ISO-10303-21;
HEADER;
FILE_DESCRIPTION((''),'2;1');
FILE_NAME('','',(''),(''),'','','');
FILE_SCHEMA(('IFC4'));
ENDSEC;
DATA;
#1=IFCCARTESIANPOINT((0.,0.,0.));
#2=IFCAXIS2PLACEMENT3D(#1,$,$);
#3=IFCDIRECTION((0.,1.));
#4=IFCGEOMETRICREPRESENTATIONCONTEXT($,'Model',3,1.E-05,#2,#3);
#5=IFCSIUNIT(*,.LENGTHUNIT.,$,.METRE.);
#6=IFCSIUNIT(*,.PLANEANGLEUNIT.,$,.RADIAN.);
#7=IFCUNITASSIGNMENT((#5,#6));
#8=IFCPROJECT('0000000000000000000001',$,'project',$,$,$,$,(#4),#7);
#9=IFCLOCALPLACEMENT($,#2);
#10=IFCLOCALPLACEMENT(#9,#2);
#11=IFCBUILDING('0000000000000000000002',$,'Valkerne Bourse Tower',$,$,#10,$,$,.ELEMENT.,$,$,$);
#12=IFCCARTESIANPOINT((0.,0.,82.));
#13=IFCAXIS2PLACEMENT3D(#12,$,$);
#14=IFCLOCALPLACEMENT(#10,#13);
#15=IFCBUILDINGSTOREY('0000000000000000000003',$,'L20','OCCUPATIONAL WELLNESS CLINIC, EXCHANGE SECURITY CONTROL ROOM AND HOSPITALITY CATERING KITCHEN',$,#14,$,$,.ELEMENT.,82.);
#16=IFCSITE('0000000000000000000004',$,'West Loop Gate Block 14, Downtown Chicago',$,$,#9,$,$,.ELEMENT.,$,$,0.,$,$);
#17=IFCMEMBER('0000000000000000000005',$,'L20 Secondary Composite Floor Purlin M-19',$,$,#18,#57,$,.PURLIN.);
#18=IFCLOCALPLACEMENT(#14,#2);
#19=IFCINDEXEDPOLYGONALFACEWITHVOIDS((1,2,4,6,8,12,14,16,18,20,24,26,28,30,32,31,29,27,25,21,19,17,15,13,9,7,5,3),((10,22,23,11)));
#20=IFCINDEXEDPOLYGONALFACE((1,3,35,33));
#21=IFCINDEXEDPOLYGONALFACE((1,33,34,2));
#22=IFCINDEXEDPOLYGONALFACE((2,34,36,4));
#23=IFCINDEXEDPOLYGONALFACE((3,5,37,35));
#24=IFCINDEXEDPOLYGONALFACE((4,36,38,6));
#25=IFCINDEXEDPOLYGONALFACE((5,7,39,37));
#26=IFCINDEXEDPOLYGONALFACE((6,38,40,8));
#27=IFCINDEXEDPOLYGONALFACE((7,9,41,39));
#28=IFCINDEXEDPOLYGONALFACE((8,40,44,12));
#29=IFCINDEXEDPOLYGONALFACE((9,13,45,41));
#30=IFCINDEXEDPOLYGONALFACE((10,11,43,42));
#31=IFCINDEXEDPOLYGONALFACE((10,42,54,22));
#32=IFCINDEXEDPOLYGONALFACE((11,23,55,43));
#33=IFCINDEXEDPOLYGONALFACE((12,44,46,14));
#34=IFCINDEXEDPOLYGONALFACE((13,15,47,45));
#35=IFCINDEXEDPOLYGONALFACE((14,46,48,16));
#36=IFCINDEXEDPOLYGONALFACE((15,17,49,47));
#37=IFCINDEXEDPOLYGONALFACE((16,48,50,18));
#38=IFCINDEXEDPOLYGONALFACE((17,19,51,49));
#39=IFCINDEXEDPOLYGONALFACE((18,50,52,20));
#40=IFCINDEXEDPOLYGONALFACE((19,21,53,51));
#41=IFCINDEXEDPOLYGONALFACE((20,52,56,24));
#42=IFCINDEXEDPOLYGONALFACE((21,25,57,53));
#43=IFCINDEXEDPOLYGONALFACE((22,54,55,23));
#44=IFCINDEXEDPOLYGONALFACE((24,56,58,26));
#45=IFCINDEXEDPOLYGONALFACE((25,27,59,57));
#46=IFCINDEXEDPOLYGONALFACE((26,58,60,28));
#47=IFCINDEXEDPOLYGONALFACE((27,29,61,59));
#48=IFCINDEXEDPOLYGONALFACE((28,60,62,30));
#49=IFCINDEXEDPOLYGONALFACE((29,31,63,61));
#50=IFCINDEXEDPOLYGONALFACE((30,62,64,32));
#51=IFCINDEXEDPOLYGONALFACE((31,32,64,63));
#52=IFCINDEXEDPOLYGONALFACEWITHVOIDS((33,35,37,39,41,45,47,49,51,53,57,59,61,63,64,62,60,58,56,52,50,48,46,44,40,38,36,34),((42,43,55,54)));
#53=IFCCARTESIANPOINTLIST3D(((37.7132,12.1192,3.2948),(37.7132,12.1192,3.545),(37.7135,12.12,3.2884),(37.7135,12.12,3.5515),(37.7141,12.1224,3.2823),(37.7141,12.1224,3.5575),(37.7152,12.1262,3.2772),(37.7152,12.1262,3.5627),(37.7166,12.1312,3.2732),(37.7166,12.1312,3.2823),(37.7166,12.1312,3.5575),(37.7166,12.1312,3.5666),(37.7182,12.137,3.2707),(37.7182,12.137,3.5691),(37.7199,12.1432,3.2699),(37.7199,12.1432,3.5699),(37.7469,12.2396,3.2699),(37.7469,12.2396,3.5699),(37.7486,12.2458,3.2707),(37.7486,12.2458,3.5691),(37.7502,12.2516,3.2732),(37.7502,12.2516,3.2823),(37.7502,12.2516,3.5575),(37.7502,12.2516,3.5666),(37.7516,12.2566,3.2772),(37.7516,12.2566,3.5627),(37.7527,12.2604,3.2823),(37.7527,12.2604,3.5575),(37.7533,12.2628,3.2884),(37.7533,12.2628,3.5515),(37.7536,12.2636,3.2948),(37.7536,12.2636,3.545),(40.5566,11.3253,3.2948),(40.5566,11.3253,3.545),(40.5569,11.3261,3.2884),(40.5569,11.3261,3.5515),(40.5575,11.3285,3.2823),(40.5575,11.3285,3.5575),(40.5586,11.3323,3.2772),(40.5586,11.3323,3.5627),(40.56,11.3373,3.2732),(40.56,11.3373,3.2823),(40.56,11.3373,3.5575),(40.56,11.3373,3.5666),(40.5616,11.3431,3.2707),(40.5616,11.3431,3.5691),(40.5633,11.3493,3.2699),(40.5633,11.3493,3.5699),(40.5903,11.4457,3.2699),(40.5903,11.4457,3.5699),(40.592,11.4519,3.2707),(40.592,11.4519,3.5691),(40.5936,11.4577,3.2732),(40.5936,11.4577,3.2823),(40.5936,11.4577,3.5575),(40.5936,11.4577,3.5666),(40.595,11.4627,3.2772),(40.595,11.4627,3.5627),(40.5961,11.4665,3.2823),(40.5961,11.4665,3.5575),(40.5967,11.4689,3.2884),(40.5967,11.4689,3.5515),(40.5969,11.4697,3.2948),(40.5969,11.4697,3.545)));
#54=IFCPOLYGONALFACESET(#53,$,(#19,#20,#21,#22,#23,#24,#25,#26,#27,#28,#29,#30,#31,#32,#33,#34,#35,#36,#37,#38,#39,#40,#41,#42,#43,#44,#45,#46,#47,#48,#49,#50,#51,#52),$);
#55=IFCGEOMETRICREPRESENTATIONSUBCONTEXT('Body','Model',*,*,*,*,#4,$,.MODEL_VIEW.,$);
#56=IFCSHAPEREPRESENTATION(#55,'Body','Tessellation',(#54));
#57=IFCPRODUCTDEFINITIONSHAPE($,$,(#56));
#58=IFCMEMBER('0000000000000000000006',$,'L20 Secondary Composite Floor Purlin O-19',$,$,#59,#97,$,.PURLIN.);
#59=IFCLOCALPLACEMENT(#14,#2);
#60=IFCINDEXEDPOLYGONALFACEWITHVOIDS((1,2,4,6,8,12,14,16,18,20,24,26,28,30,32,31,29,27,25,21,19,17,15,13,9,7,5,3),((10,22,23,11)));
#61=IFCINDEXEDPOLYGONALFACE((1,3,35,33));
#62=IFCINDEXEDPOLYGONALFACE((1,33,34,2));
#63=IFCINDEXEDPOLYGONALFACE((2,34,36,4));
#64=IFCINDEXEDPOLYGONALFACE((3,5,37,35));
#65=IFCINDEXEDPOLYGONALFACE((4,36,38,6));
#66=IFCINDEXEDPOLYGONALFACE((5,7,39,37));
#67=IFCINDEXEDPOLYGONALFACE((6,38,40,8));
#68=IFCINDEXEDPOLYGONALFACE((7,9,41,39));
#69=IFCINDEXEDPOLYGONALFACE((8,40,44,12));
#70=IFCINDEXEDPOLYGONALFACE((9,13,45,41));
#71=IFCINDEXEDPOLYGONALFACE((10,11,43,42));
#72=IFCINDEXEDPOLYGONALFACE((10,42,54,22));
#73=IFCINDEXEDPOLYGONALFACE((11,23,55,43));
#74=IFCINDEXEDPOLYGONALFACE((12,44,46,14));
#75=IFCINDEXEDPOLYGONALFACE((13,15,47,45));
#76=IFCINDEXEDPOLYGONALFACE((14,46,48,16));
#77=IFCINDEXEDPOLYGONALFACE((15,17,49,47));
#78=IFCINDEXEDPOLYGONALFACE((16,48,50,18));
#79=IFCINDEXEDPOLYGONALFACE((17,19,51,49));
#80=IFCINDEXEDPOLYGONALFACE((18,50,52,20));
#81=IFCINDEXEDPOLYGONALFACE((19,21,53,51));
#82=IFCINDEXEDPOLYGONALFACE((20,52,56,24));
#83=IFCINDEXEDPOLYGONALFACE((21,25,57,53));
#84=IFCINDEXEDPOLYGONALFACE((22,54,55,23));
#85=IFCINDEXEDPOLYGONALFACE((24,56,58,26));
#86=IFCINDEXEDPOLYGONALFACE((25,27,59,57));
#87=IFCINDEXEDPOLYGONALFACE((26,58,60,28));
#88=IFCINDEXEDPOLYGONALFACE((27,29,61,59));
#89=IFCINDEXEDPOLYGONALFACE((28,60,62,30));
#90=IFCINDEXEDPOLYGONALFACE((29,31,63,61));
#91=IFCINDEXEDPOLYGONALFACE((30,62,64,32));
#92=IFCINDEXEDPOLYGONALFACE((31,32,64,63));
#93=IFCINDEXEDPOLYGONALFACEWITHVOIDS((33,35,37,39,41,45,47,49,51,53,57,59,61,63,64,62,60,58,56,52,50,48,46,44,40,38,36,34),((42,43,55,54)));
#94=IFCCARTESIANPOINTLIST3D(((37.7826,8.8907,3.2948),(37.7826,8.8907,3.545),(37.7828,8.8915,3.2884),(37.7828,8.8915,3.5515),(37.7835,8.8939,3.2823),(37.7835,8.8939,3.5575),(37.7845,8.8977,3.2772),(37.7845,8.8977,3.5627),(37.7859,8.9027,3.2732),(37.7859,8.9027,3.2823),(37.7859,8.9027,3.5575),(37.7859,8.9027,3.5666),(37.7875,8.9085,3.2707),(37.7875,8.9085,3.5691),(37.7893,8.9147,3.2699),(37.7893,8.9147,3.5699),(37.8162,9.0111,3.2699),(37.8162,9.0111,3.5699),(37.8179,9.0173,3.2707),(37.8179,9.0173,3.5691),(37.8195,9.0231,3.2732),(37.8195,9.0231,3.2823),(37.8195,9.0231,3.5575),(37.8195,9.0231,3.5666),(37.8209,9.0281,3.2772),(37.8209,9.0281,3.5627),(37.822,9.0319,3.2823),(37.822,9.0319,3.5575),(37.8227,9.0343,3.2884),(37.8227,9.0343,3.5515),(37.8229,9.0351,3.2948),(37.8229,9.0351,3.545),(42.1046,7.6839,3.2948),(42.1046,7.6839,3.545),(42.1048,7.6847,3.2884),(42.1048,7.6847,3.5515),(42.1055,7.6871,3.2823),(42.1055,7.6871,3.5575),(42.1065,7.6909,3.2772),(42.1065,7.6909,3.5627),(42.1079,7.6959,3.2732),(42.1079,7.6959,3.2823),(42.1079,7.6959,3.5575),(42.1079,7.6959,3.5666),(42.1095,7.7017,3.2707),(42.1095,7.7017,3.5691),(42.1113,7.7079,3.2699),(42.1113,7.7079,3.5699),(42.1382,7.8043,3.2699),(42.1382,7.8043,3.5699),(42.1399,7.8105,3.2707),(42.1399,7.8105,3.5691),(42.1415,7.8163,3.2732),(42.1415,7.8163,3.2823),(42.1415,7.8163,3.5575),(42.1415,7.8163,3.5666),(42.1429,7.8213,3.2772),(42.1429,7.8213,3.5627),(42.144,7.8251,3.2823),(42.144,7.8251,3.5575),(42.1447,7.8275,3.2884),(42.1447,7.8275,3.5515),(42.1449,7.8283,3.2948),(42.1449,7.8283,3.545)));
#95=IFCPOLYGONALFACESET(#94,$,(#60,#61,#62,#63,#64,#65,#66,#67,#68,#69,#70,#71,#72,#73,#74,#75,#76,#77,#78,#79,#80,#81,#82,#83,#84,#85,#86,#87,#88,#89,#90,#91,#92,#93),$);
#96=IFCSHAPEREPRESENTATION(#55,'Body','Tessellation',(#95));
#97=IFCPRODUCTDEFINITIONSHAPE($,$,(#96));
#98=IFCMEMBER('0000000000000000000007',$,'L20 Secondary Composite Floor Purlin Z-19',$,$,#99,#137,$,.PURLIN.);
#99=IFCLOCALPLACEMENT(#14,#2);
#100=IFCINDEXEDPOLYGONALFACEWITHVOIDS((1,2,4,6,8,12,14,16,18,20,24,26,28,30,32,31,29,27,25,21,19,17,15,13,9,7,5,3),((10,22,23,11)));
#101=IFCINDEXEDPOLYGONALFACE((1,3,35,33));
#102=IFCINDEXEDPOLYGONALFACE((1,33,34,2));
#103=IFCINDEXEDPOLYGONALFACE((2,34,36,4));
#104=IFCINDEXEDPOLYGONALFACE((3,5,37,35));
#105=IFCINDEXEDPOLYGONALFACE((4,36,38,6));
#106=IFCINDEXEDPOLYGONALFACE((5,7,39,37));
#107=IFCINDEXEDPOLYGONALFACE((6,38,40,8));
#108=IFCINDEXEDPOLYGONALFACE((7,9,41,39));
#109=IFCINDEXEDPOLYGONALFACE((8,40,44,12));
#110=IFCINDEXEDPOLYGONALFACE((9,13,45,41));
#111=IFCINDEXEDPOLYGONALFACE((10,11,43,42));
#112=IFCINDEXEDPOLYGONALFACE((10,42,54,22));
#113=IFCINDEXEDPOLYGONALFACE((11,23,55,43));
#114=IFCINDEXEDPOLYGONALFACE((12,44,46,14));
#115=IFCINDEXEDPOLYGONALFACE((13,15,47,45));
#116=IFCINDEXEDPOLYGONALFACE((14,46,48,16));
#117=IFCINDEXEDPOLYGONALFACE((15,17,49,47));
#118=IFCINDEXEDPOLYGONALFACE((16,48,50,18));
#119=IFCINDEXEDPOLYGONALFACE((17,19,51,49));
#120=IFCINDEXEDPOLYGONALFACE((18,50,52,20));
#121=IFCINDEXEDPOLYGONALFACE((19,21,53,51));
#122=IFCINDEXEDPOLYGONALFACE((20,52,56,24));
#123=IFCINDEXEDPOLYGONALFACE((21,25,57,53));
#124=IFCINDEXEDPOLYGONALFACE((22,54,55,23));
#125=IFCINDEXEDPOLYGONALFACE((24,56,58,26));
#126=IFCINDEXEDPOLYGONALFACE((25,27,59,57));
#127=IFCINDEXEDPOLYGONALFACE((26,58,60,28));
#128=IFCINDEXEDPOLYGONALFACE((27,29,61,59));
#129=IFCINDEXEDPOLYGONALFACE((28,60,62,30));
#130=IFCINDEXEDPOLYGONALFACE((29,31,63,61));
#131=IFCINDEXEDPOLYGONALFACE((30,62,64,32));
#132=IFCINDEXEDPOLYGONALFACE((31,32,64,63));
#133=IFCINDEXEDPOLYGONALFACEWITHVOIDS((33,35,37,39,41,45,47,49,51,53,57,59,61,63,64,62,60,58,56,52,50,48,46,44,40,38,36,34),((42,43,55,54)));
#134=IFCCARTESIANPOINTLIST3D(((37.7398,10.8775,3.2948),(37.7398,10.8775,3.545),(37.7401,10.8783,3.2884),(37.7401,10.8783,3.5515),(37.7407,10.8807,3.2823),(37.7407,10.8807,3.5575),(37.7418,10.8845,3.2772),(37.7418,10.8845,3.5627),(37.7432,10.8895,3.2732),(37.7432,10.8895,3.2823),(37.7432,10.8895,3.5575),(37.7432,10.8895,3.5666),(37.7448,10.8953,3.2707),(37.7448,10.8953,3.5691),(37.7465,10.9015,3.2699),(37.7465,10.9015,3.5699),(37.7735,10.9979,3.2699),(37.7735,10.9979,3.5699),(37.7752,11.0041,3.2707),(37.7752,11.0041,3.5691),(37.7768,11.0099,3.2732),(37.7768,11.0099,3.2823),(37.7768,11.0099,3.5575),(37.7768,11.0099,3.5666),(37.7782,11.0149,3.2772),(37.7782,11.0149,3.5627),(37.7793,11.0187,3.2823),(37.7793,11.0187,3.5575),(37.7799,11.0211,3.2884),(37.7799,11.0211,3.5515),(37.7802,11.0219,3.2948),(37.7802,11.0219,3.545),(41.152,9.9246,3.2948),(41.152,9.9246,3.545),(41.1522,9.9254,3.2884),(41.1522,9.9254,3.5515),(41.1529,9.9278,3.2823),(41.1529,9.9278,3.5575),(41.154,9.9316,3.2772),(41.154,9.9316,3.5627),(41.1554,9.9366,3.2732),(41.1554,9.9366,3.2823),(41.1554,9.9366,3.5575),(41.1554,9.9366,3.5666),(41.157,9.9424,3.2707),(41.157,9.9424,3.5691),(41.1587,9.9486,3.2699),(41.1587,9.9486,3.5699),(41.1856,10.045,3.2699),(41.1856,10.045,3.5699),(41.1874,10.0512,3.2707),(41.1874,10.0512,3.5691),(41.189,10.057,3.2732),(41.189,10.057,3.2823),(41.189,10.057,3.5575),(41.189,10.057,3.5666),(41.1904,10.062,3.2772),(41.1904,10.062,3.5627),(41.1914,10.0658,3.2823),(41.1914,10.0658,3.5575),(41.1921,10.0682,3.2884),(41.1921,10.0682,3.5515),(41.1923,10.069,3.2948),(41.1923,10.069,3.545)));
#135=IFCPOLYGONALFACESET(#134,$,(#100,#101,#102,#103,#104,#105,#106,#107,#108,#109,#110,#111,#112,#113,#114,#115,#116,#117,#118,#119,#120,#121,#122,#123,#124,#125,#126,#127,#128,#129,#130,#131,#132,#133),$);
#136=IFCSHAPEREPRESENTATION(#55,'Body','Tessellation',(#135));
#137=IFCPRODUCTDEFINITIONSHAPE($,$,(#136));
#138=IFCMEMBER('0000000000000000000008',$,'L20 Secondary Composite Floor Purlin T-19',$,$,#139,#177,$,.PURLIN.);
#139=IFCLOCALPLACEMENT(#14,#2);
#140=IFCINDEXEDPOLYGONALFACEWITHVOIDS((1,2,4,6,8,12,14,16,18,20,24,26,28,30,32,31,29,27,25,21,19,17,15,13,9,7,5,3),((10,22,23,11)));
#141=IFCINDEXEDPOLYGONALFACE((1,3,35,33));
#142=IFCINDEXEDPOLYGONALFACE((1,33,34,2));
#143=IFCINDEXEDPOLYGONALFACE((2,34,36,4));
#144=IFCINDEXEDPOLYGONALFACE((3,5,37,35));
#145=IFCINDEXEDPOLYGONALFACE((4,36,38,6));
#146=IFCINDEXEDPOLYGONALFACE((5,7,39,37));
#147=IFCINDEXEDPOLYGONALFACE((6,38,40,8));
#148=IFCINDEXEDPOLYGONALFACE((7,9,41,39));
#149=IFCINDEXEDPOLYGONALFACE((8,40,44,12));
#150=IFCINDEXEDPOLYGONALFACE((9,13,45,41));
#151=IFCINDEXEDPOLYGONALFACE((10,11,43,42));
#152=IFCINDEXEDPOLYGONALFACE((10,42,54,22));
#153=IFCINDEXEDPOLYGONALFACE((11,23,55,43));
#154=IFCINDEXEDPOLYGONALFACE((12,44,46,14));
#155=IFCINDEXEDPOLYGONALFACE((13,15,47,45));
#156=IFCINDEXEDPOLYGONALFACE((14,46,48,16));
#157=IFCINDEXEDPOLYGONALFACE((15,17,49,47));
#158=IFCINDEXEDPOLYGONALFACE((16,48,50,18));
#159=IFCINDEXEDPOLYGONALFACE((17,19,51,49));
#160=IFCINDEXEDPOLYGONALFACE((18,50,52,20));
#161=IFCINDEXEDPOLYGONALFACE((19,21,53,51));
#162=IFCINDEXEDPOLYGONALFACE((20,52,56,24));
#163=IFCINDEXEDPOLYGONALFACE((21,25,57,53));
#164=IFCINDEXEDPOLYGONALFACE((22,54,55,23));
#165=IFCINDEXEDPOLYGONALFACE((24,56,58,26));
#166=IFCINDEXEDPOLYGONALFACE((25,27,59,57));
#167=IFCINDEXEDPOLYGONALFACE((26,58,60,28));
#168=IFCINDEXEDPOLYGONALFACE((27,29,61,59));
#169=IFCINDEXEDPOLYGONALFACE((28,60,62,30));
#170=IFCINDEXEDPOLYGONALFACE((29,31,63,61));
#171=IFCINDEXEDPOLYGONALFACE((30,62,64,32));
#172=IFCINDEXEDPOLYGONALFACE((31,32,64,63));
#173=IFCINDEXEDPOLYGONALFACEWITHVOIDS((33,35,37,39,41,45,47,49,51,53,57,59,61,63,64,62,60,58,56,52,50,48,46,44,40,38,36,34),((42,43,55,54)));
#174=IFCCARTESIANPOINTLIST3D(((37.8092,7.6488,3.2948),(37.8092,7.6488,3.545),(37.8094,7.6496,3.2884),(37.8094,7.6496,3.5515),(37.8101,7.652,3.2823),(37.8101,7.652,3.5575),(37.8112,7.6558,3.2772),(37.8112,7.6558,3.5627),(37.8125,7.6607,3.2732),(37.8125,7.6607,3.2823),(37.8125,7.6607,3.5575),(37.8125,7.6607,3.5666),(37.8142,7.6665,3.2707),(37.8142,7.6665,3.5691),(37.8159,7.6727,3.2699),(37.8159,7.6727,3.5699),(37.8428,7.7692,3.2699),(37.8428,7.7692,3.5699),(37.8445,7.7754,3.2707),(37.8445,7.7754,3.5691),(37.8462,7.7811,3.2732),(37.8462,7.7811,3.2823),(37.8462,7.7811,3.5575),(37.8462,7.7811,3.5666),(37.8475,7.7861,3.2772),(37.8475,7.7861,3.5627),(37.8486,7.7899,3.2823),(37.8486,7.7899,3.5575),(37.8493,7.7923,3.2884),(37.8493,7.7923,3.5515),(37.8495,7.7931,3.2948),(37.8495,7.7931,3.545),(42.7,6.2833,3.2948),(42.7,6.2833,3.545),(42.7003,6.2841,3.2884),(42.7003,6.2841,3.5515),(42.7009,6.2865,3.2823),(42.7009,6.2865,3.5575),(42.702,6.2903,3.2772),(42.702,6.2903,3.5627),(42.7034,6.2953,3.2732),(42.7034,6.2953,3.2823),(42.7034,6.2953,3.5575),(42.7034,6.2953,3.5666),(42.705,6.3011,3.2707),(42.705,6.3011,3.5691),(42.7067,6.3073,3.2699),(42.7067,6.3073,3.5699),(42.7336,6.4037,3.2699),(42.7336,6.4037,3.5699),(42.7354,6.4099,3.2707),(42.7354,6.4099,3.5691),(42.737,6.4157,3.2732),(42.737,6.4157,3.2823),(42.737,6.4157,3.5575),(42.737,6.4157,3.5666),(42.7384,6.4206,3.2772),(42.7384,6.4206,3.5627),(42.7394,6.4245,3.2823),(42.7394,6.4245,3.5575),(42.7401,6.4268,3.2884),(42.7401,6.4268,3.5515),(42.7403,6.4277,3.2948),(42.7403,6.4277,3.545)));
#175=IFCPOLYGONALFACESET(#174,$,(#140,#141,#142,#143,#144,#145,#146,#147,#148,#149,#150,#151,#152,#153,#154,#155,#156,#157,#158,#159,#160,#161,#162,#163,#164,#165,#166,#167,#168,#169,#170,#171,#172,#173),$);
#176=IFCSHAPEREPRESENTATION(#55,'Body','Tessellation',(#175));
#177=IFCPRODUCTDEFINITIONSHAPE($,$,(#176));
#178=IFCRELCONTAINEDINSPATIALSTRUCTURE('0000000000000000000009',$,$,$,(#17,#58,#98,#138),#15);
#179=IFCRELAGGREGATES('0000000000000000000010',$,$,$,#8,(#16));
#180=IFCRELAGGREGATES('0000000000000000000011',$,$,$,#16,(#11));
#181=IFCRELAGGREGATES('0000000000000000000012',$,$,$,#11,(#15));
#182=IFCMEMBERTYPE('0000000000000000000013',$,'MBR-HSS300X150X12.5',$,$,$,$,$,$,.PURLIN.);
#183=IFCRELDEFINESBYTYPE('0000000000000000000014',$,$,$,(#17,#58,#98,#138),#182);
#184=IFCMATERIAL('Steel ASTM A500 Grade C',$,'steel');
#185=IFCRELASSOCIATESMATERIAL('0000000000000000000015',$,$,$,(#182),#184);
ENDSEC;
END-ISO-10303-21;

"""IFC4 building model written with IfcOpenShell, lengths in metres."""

from ifc_helpers import new_model, si_unit, direction, frame, origin, origin_2d, place, context, subcontext, project, spatial, hollow_rectangle, extrude, material, material_profile, profile_set, type_object, element, save


model = new_model("IFC4")

# Units and contexts
model_context = context("Model", 3, precision=1e-05, world=origin(), true_north=direction((0.0, 1.0)))
body_context = subcontext(model_context, "Body", "Model", "MODEL_VIEW")
ifc_project = project(units=[si_unit("LENGTHUNIT", "METRE"), si_unit("PLANEANGLEUNIT", "RADIAN")], contexts=[model_context])

# Site, building, storey
site_placement = place(None, origin())
site = spatial("IfcSite", under=ifc_project, at=site_placement, Name="West Loop Gate Block 14, Downtown Chicago", CompositionType="ELEMENT", RefElevation=0.0)
building_placement = place(site_placement, origin())
building = spatial("IfcBuilding", under=site, at=building_placement, Name="Valkerne Bourse Tower", CompositionType="ELEMENT")
storey_placement = place(building_placement, frame((0.0, 0.0, 82.0)))
storey = spatial("IfcBuildingStorey", under=building, at=storey_placement, Name="L20", Description="OCCUPATIONAL WELLNESS CLINIC, EXCHANGE SECURITY CONTROL ROOM AND HOSPITALITY CATERING KITCHEN", CompositionType="ELEMENT", Elevation=82.0)

# Members
ifc_material_1 = material(Name="Steel ASTM A500 Grade C", Category="steel")
ifc_material_profile_1 = material_profile(ifc_material_1, hollow_rectangle(XDim=0.1499, YDim=0.3, WallThickness=0.0125, OuterFilletRadius=0.0249, at=origin_2d()), Name="HSS300X150X12.5")
ifc_profile_set_1 = profile_set([ifc_material_profile_1], Name="Steel ASTM A500 Grade C")
member_type_1 = type_object("IfcMemberType", Name="MBR-HSS300X150X12.5", PredefinedType="PURLIN", material=ifc_profile_set_1)
member_1_placement = place(storey_placement, frame((37.7334, 12.1914, 3.4199), z_axis=(0.96316, -0.268927, 0.0), x_axis=(0.268927, 0.96316, 0.0)))
element("IfcMember", 1, at=member_1_placement, inside=storey, type_object=member_type_1, Name="L20 Secondary Composite Floor Purlin M-19", PredefinedType="PURLIN", context=body_context, shape_type="SweptSolid", body=[
    extrude(hollow_rectangle(XDim=0.1499, YDim=0.3, WallThickness=0.0125, OuterFilletRadius=0.0249, at=origin_2d()), origin(), (0.0, 0.0, 1.0), 2.9521),
])
member_2_placement = place(storey_placement, frame((37.8027, 8.9629, 3.4199), z_axis=(0.963159, -0.268932, 0.0), x_axis=(0.268932, 0.963159, 0.0)))
element("IfcMember", 2, at=member_2_placement, inside=storey, type_object=member_type_1, Name="L20 Secondary Composite Floor Purlin O-19", PredefinedType="PURLIN", context=body_context, shape_type="SweptSolid", body=[
    extrude(hollow_rectangle(XDim=0.1499, YDim=0.3, WallThickness=0.0125, OuterFilletRadius=0.0249, at=origin_2d()), origin(), (0.0, 0.0, 1.0), 4.4873),
])
member_3_placement = place(storey_placement, frame((37.76, 10.9497, 3.4199), z_axis=(0.963148, -0.268973, 0.0), x_axis=(0.268973, 0.963148, 0.0)))
element("IfcMember", 3, at=member_3_placement, inside=storey, type_object=member_type_1, Name="L20 Secondary Composite Floor Purlin Z-19", PredefinedType="PURLIN", context=body_context, shape_type="SweptSolid", body=[
    extrude(hollow_rectangle(XDim=0.1499, YDim=0.3, WallThickness=0.0125, OuterFilletRadius=0.0249, at=origin_2d()), origin(), (0.0, 0.0, 1.0), 3.5427),
])
member_4_placement = place(storey_placement, frame((37.8293, 7.7209, 3.4199), z_axis=(0.963166, -0.268906, 0.0), x_axis=(0.268906, 0.963166, 0.0)))
element("IfcMember", 4, at=member_4_placement, inside=storey, type_object=member_type_1, Name="L20 Secondary Composite Floor Purlin T-19", PredefinedType="PURLIN", context=body_context, shape_type="SweptSolid", body=[
    extrude(hollow_rectangle(XDim=0.1499, YDim=0.3, WallThickness=0.0125, OuterFilletRadius=0.0249, at=origin_2d()), origin(), (0.0, 0.0, 1.0), 5.0779),
])

save(model, "model.ifc")
